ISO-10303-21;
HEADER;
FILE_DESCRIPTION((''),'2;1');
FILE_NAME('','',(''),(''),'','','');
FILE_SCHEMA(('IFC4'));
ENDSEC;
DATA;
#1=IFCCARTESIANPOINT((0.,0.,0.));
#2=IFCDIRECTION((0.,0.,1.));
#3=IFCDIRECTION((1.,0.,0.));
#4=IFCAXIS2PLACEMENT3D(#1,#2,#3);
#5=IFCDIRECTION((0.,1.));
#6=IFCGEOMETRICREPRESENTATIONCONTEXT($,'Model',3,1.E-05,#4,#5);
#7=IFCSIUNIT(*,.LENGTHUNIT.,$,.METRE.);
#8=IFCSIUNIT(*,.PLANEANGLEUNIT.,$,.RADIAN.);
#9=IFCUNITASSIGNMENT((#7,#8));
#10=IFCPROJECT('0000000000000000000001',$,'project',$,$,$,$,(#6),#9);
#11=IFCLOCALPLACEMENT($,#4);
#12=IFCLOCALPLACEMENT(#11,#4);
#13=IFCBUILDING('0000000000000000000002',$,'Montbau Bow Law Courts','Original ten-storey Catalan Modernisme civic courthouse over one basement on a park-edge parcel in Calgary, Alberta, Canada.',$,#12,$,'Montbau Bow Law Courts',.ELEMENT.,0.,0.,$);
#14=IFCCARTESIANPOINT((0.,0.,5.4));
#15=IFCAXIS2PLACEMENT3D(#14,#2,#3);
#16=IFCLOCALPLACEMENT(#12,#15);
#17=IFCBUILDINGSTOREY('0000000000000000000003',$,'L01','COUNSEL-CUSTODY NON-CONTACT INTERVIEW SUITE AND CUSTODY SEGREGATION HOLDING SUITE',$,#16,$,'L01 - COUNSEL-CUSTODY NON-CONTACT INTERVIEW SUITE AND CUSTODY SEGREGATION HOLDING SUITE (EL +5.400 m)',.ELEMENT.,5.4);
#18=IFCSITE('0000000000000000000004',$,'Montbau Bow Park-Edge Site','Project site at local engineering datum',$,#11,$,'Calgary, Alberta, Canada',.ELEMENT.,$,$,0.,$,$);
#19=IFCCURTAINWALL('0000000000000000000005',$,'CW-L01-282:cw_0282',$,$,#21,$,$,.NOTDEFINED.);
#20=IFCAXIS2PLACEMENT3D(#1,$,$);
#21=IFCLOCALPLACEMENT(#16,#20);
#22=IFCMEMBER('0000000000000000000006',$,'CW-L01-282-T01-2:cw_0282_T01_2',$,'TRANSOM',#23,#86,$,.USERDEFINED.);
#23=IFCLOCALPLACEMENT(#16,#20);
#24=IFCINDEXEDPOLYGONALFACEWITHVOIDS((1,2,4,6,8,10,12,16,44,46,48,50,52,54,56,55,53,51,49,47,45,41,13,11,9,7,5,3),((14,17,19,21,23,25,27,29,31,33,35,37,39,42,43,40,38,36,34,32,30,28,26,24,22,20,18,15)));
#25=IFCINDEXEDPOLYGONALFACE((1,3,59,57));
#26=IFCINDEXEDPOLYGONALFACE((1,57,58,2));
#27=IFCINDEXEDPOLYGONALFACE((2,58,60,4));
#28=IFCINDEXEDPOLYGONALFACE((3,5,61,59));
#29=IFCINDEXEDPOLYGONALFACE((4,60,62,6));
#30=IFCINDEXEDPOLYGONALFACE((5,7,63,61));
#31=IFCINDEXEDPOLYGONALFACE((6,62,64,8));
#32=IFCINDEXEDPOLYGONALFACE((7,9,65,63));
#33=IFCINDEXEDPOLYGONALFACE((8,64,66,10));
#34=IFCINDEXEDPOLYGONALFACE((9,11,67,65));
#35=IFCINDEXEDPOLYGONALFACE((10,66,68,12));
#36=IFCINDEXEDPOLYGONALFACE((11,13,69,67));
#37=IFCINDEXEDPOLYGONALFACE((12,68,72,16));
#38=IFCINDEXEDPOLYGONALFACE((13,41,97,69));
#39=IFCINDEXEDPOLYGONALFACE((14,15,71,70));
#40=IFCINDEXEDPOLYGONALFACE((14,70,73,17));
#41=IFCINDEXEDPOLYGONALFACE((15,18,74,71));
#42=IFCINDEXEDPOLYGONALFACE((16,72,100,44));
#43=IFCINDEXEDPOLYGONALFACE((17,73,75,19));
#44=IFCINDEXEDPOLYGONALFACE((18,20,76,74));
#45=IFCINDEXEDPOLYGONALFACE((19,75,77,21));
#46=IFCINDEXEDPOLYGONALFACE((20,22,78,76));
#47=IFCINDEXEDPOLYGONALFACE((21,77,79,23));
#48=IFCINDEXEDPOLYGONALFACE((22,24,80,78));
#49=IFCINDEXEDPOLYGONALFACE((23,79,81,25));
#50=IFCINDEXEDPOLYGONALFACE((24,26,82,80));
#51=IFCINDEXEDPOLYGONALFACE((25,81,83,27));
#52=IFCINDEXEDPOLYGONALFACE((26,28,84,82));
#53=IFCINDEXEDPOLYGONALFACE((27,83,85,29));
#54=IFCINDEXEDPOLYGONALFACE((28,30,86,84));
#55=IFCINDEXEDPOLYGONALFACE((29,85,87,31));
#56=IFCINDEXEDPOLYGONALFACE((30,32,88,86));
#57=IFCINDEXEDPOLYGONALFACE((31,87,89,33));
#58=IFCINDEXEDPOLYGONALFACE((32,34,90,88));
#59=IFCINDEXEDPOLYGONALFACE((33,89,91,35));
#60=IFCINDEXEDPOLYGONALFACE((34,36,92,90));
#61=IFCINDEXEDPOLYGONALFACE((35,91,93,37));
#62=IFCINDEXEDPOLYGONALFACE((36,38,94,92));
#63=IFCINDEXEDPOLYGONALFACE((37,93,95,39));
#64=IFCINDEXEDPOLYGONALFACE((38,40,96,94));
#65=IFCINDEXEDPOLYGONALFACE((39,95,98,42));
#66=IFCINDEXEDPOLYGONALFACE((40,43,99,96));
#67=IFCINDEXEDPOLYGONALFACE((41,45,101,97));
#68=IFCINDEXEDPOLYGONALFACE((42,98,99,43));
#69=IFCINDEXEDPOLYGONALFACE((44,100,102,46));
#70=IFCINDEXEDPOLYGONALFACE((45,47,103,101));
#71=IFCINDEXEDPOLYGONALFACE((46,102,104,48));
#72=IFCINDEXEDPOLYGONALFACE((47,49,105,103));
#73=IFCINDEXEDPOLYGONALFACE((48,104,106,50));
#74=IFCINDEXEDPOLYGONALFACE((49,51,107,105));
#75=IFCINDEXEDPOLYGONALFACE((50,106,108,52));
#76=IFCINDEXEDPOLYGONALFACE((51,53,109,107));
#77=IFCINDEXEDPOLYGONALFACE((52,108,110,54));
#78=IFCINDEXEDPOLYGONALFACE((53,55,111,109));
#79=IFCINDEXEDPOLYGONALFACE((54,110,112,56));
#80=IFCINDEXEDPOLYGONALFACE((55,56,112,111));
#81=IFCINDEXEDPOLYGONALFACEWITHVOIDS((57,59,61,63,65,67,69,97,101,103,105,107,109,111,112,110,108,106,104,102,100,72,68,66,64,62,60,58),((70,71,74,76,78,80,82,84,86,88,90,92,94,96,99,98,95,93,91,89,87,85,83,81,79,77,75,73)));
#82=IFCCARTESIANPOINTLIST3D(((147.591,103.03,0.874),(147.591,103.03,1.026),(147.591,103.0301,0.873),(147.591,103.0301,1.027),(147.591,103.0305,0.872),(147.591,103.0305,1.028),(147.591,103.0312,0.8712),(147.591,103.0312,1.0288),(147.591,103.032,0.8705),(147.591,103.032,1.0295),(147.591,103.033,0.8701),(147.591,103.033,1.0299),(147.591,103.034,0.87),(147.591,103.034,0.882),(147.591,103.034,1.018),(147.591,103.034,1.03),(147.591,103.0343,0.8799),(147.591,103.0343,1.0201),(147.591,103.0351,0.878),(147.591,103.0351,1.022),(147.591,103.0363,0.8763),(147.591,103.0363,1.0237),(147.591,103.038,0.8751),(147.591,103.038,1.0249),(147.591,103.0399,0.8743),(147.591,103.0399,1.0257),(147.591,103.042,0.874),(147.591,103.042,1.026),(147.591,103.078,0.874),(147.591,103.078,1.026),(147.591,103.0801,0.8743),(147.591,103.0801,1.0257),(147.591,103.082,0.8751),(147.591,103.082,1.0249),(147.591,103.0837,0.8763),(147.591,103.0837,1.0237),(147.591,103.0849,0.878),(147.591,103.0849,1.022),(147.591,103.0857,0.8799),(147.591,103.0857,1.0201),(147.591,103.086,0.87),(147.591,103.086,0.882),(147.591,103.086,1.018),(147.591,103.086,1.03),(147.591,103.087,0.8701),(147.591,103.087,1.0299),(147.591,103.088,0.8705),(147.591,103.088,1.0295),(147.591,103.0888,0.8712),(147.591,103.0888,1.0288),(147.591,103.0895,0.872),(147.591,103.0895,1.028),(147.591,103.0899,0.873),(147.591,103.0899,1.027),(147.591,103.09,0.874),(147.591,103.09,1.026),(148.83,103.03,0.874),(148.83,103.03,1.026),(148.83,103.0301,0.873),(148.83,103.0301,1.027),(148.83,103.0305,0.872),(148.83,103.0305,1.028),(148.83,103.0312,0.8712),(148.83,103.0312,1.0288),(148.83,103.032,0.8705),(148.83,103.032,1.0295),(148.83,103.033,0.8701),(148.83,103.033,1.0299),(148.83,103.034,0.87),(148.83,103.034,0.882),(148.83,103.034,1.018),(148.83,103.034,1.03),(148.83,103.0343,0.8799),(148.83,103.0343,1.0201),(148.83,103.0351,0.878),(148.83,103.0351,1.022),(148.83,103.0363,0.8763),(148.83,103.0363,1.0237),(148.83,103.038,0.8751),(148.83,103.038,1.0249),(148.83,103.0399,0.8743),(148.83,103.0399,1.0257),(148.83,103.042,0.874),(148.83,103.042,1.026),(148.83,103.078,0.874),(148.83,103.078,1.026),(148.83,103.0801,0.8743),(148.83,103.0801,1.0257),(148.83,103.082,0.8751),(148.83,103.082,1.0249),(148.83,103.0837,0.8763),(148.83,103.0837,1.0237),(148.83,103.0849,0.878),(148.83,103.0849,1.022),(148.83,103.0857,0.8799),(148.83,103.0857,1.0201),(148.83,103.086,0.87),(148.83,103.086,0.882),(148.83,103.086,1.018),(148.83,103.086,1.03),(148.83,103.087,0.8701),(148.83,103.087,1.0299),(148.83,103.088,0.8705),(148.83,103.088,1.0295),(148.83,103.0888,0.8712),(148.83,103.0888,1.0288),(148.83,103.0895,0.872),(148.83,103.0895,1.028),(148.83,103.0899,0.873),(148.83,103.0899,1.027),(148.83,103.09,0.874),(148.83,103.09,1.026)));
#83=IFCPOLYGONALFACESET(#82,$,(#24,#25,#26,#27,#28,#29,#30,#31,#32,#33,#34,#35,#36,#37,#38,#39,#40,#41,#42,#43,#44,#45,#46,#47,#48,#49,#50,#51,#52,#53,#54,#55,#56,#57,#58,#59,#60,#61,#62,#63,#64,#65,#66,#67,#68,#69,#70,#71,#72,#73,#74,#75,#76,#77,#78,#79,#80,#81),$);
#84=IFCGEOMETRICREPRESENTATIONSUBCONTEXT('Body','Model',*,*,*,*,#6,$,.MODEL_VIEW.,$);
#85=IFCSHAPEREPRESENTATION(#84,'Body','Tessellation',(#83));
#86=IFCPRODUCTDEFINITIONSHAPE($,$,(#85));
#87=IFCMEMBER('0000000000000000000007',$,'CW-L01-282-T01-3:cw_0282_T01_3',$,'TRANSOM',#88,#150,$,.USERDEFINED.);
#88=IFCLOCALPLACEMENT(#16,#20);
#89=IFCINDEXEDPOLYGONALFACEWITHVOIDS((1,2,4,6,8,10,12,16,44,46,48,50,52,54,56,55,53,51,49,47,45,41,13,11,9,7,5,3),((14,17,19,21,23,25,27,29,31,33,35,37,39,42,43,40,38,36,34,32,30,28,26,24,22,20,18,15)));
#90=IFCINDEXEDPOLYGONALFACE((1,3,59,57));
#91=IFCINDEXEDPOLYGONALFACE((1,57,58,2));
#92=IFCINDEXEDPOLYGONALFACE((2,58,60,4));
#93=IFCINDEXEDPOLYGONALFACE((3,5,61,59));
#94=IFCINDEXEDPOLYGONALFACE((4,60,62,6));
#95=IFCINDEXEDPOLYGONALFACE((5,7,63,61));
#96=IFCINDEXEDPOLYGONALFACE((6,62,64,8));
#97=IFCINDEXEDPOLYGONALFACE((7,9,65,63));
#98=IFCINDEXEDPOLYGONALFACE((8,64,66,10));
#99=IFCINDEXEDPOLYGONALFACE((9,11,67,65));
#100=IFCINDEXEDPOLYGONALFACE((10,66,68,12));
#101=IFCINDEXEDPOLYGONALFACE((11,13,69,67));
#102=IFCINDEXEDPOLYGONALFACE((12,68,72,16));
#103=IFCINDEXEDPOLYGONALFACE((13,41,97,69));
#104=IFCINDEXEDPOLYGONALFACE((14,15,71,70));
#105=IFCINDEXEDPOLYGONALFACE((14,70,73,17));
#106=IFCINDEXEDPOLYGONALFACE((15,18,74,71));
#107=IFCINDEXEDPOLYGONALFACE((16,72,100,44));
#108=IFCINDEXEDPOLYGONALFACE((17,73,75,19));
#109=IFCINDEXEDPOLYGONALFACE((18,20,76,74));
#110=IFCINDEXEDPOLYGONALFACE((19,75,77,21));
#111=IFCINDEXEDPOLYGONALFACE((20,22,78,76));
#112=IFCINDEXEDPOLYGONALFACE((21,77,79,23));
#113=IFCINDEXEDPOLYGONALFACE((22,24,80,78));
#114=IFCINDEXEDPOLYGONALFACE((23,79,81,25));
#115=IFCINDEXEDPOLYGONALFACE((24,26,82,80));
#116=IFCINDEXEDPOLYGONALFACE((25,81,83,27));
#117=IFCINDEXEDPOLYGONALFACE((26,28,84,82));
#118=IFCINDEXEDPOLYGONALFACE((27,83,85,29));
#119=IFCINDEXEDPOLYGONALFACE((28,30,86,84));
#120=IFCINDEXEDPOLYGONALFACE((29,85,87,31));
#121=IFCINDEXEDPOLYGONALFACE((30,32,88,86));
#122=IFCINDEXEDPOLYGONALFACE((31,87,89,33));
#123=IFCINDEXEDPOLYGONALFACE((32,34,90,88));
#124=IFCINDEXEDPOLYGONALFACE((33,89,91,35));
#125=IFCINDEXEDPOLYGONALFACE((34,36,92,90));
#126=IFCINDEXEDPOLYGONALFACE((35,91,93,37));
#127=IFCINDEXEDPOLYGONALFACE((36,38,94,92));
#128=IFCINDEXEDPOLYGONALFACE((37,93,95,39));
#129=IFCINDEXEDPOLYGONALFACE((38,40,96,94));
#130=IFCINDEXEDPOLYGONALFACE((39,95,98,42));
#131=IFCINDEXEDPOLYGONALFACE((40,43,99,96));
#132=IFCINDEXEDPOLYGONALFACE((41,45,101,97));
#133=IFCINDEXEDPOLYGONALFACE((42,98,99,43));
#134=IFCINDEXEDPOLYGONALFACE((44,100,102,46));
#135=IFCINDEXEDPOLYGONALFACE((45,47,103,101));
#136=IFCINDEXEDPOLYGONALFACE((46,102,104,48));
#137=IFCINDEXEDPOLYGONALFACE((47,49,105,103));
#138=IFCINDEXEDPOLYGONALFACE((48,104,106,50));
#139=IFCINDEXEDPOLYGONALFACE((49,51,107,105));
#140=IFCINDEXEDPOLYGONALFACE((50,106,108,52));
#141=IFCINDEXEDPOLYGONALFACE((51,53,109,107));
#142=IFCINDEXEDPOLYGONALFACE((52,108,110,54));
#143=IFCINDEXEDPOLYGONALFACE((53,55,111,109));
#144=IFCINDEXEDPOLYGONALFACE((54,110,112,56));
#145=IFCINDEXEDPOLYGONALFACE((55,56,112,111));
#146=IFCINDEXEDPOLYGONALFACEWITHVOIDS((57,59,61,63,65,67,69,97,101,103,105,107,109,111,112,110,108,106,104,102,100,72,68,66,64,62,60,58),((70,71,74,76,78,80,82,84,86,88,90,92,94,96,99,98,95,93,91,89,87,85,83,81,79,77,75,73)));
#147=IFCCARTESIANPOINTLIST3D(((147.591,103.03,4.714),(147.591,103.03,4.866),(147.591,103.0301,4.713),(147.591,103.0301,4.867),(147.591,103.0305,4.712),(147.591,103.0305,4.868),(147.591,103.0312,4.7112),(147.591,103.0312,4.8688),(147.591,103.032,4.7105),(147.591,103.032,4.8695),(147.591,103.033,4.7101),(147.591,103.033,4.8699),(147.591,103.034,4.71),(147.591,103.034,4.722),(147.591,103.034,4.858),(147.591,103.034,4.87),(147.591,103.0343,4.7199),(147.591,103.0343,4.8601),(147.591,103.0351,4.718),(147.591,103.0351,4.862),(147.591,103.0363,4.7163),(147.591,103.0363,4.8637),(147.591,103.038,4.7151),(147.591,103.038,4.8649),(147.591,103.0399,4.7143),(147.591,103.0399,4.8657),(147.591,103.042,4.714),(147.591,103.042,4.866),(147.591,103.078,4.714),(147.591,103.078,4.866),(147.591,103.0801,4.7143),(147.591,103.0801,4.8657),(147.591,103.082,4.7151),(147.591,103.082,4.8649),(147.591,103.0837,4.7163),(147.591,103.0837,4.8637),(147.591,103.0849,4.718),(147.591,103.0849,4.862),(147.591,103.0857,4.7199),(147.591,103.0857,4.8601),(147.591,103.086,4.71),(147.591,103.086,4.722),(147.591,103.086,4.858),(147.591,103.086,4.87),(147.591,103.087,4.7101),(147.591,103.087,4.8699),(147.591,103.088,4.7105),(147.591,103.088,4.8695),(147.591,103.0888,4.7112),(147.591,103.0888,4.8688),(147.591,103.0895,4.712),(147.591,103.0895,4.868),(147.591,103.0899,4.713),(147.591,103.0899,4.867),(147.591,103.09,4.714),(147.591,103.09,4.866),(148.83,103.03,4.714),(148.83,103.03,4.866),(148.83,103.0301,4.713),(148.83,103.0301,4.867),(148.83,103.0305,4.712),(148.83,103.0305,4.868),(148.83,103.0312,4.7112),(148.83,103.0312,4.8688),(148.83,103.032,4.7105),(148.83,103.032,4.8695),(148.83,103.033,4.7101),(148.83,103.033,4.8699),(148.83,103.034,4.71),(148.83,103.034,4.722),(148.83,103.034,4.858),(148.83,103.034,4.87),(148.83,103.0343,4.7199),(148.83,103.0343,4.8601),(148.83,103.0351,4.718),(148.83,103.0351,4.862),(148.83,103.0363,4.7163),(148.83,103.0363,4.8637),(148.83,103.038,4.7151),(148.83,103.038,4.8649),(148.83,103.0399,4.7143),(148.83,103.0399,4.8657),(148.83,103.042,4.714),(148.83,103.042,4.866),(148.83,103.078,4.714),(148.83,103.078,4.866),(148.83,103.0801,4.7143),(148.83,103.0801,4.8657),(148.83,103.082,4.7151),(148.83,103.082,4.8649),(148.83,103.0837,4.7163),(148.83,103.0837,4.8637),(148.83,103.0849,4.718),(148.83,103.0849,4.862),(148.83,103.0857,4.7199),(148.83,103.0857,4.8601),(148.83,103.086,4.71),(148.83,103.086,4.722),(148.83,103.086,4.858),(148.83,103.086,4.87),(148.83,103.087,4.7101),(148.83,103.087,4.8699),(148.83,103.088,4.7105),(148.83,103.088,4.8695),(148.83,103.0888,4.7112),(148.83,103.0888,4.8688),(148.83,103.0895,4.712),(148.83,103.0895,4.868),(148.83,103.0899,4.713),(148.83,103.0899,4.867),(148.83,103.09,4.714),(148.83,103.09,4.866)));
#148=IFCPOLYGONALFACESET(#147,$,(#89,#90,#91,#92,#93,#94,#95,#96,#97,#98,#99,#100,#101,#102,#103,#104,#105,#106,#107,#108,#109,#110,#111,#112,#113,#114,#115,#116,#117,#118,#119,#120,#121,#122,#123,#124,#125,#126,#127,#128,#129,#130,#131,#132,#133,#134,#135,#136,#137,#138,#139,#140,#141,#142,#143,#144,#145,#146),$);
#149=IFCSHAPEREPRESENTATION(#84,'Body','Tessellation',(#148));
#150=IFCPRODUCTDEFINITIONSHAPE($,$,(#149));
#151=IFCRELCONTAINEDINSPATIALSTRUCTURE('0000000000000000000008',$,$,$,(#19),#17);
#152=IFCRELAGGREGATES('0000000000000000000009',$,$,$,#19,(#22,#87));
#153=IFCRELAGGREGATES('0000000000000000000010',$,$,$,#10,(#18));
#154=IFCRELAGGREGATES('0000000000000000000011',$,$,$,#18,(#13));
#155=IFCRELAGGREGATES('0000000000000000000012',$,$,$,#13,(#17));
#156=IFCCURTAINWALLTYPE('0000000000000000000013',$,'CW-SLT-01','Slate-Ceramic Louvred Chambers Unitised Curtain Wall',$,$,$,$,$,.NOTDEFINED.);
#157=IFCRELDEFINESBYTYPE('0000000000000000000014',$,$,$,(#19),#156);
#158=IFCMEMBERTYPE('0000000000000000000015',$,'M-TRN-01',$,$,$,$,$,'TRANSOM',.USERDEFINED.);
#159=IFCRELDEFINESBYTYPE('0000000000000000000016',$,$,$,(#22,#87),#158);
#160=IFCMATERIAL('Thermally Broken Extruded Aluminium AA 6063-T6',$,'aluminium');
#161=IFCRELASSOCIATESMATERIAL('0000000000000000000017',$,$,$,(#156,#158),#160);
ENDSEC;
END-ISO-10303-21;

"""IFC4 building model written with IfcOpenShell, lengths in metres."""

from ifc_helpers import new_model, si_unit, direction, frame, origin_with_axes, origin_2d_with_axis, place, context, subcontext, project, spatial, hollow_rectangle, extrude, material, material_profile, profile_set, type_object, element, aggregate, save


model = new_model("IFC4")

# Units and contexts
model_context = context("Model", 3, precision=1e-05, world=origin_with_axes(), true_north=direction((0.0, 1.0)))
body_context = subcontext(model_context, "Body", "Model", "MODEL_VIEW")
ifc_project = project(units=[si_unit("LENGTHUNIT", "METRE"), si_unit("PLANEANGLEUNIT", "RADIAN")], contexts=[model_context])

# Site, building, storey
site_placement = place(None, origin_with_axes())
site = spatial("IfcSite", under=ifc_project, at=site_placement, Name="Montbau Bow Park-Edge Site", Description="Project site at local engineering datum", LongName="Calgary, Alberta, Canada", CompositionType="ELEMENT", RefElevation=0.0)
building_placement = place(site_placement, origin_with_axes())
building = spatial("IfcBuilding", under=site, at=building_placement, Name="Montbau Bow Law Courts", Description="Original ten-storey Catalan Modernisme civic courthouse over one basement on a park-edge parcel in Calgary, Alberta, Canada.", LongName="Montbau Bow Law Courts", CompositionType="ELEMENT", ElevationOfRefHeight=0.0, ElevationOfTerrain=0.0)
storey_placement = place(building_placement, frame((0.0, 0.0, 5.4), z_axis=(0.0, 0.0, 1.0), x_axis=(1.0, 0.0, 0.0)))
storey = spatial("IfcBuildingStorey", under=building, at=storey_placement, Name="L01", Description="COUNSEL-CUSTODY NON-CONTACT INTERVIEW SUITE AND CUSTODY SEGREGATION HOLDING SUITE", LongName="L01 - COUNSEL-CUSTODY NON-CONTACT INTERVIEW SUITE AND CUSTODY SEGREGATION HOLDING SUITE (EL +5.400 m)", CompositionType="ELEMENT", Elevation=5.4)

# Curtain wall, members
ifc_material_1 = material(Name="Thermally Broken Extruded Aluminium AA 6063-T6", Category="aluminium")
curtain_wall_type = type_object("IfcCurtainWallType", Name="CW-SLT-01", Description="Slate-Ceramic Louvred Chambers Unitised Curtain Wall", PredefinedType="NOTDEFINED", material=ifc_material_1)
curtain_wall_placement = place(None, frame((147.515, 103.06, 5.4), z_axis=(0.0, 0.0, 1.0), x_axis=(1.0, 0.0, 0.0)))
curtain_wall = element("IfcCurtainWall", 1, at=curtain_wall_placement, inside=storey, type_object=curtain_wall_type, Name="CW-L01-282:cw_0282", PredefinedType="NOTDEFINED")
ifc_material_profile_1 = material_profile(ifc_material_1, hollow_rectangle(XDim=0.06, YDim=0.16, WallThickness=0.004, InnerFilletRadius=0.008, OuterFilletRadius=0.004, at=origin_2d_with_axis()), Name="CWT-160X60", Category="Main", Priority=0)
ifc_profile_set_1 = profile_set([ifc_material_profile_1], Name="Thermally Broken Extruded Aluminium AA 6063-T6")
member_type_1 = type_object("IfcMemberType", Name="M-TRN-01", ElementType="TRANSOM", PredefinedType="USERDEFINED", material=ifc_profile_set_1)
member_1_placement = place(None, frame((147.591, 103.06, 6.35), z_axis=(1.0, 0.0, 0.0), x_axis=(0.0, 1.0, 0.0)))
member_1 = element("IfcMember", 2, at=member_1_placement, type_object=member_type_1, Name="CW-L01-282-T01-2:cw_0282_T01_2", ObjectType="TRANSOM", PredefinedType="USERDEFINED", context=body_context, shape_type="SweptSolid", body=[
    extrude(hollow_rectangle(XDim=0.06, YDim=0.16, WallThickness=0.004, InnerFilletRadius=0.008, OuterFilletRadius=0.004, at=origin_2d_with_axis()), origin_with_axes(), (0.0, 0.0, 1.0), 1.239),
])
member_2_placement = place(None, frame((147.591, 103.06, 10.19), z_axis=(1.0, 0.0, 0.0), x_axis=(0.0, 1.0, 0.0)))
member_2 = element("IfcMember", 3, at=member_2_placement, type_object=member_type_1, Name="CW-L01-282-T01-3:cw_0282_T01_3", ObjectType="TRANSOM", PredefinedType="USERDEFINED", context=body_context, shape_type="SweptSolid", body=[
    extrude(hollow_rectangle(XDim=0.06, YDim=0.16, WallThickness=0.004, InnerFilletRadius=0.008, OuterFilletRadius=0.004, at=origin_2d_with_axis()), origin_with_axes(), (0.0, 0.0, 1.0), 1.239),
])
aggregate(curtain_wall, [member_1, member_2])

save(model, "model.ifc")
